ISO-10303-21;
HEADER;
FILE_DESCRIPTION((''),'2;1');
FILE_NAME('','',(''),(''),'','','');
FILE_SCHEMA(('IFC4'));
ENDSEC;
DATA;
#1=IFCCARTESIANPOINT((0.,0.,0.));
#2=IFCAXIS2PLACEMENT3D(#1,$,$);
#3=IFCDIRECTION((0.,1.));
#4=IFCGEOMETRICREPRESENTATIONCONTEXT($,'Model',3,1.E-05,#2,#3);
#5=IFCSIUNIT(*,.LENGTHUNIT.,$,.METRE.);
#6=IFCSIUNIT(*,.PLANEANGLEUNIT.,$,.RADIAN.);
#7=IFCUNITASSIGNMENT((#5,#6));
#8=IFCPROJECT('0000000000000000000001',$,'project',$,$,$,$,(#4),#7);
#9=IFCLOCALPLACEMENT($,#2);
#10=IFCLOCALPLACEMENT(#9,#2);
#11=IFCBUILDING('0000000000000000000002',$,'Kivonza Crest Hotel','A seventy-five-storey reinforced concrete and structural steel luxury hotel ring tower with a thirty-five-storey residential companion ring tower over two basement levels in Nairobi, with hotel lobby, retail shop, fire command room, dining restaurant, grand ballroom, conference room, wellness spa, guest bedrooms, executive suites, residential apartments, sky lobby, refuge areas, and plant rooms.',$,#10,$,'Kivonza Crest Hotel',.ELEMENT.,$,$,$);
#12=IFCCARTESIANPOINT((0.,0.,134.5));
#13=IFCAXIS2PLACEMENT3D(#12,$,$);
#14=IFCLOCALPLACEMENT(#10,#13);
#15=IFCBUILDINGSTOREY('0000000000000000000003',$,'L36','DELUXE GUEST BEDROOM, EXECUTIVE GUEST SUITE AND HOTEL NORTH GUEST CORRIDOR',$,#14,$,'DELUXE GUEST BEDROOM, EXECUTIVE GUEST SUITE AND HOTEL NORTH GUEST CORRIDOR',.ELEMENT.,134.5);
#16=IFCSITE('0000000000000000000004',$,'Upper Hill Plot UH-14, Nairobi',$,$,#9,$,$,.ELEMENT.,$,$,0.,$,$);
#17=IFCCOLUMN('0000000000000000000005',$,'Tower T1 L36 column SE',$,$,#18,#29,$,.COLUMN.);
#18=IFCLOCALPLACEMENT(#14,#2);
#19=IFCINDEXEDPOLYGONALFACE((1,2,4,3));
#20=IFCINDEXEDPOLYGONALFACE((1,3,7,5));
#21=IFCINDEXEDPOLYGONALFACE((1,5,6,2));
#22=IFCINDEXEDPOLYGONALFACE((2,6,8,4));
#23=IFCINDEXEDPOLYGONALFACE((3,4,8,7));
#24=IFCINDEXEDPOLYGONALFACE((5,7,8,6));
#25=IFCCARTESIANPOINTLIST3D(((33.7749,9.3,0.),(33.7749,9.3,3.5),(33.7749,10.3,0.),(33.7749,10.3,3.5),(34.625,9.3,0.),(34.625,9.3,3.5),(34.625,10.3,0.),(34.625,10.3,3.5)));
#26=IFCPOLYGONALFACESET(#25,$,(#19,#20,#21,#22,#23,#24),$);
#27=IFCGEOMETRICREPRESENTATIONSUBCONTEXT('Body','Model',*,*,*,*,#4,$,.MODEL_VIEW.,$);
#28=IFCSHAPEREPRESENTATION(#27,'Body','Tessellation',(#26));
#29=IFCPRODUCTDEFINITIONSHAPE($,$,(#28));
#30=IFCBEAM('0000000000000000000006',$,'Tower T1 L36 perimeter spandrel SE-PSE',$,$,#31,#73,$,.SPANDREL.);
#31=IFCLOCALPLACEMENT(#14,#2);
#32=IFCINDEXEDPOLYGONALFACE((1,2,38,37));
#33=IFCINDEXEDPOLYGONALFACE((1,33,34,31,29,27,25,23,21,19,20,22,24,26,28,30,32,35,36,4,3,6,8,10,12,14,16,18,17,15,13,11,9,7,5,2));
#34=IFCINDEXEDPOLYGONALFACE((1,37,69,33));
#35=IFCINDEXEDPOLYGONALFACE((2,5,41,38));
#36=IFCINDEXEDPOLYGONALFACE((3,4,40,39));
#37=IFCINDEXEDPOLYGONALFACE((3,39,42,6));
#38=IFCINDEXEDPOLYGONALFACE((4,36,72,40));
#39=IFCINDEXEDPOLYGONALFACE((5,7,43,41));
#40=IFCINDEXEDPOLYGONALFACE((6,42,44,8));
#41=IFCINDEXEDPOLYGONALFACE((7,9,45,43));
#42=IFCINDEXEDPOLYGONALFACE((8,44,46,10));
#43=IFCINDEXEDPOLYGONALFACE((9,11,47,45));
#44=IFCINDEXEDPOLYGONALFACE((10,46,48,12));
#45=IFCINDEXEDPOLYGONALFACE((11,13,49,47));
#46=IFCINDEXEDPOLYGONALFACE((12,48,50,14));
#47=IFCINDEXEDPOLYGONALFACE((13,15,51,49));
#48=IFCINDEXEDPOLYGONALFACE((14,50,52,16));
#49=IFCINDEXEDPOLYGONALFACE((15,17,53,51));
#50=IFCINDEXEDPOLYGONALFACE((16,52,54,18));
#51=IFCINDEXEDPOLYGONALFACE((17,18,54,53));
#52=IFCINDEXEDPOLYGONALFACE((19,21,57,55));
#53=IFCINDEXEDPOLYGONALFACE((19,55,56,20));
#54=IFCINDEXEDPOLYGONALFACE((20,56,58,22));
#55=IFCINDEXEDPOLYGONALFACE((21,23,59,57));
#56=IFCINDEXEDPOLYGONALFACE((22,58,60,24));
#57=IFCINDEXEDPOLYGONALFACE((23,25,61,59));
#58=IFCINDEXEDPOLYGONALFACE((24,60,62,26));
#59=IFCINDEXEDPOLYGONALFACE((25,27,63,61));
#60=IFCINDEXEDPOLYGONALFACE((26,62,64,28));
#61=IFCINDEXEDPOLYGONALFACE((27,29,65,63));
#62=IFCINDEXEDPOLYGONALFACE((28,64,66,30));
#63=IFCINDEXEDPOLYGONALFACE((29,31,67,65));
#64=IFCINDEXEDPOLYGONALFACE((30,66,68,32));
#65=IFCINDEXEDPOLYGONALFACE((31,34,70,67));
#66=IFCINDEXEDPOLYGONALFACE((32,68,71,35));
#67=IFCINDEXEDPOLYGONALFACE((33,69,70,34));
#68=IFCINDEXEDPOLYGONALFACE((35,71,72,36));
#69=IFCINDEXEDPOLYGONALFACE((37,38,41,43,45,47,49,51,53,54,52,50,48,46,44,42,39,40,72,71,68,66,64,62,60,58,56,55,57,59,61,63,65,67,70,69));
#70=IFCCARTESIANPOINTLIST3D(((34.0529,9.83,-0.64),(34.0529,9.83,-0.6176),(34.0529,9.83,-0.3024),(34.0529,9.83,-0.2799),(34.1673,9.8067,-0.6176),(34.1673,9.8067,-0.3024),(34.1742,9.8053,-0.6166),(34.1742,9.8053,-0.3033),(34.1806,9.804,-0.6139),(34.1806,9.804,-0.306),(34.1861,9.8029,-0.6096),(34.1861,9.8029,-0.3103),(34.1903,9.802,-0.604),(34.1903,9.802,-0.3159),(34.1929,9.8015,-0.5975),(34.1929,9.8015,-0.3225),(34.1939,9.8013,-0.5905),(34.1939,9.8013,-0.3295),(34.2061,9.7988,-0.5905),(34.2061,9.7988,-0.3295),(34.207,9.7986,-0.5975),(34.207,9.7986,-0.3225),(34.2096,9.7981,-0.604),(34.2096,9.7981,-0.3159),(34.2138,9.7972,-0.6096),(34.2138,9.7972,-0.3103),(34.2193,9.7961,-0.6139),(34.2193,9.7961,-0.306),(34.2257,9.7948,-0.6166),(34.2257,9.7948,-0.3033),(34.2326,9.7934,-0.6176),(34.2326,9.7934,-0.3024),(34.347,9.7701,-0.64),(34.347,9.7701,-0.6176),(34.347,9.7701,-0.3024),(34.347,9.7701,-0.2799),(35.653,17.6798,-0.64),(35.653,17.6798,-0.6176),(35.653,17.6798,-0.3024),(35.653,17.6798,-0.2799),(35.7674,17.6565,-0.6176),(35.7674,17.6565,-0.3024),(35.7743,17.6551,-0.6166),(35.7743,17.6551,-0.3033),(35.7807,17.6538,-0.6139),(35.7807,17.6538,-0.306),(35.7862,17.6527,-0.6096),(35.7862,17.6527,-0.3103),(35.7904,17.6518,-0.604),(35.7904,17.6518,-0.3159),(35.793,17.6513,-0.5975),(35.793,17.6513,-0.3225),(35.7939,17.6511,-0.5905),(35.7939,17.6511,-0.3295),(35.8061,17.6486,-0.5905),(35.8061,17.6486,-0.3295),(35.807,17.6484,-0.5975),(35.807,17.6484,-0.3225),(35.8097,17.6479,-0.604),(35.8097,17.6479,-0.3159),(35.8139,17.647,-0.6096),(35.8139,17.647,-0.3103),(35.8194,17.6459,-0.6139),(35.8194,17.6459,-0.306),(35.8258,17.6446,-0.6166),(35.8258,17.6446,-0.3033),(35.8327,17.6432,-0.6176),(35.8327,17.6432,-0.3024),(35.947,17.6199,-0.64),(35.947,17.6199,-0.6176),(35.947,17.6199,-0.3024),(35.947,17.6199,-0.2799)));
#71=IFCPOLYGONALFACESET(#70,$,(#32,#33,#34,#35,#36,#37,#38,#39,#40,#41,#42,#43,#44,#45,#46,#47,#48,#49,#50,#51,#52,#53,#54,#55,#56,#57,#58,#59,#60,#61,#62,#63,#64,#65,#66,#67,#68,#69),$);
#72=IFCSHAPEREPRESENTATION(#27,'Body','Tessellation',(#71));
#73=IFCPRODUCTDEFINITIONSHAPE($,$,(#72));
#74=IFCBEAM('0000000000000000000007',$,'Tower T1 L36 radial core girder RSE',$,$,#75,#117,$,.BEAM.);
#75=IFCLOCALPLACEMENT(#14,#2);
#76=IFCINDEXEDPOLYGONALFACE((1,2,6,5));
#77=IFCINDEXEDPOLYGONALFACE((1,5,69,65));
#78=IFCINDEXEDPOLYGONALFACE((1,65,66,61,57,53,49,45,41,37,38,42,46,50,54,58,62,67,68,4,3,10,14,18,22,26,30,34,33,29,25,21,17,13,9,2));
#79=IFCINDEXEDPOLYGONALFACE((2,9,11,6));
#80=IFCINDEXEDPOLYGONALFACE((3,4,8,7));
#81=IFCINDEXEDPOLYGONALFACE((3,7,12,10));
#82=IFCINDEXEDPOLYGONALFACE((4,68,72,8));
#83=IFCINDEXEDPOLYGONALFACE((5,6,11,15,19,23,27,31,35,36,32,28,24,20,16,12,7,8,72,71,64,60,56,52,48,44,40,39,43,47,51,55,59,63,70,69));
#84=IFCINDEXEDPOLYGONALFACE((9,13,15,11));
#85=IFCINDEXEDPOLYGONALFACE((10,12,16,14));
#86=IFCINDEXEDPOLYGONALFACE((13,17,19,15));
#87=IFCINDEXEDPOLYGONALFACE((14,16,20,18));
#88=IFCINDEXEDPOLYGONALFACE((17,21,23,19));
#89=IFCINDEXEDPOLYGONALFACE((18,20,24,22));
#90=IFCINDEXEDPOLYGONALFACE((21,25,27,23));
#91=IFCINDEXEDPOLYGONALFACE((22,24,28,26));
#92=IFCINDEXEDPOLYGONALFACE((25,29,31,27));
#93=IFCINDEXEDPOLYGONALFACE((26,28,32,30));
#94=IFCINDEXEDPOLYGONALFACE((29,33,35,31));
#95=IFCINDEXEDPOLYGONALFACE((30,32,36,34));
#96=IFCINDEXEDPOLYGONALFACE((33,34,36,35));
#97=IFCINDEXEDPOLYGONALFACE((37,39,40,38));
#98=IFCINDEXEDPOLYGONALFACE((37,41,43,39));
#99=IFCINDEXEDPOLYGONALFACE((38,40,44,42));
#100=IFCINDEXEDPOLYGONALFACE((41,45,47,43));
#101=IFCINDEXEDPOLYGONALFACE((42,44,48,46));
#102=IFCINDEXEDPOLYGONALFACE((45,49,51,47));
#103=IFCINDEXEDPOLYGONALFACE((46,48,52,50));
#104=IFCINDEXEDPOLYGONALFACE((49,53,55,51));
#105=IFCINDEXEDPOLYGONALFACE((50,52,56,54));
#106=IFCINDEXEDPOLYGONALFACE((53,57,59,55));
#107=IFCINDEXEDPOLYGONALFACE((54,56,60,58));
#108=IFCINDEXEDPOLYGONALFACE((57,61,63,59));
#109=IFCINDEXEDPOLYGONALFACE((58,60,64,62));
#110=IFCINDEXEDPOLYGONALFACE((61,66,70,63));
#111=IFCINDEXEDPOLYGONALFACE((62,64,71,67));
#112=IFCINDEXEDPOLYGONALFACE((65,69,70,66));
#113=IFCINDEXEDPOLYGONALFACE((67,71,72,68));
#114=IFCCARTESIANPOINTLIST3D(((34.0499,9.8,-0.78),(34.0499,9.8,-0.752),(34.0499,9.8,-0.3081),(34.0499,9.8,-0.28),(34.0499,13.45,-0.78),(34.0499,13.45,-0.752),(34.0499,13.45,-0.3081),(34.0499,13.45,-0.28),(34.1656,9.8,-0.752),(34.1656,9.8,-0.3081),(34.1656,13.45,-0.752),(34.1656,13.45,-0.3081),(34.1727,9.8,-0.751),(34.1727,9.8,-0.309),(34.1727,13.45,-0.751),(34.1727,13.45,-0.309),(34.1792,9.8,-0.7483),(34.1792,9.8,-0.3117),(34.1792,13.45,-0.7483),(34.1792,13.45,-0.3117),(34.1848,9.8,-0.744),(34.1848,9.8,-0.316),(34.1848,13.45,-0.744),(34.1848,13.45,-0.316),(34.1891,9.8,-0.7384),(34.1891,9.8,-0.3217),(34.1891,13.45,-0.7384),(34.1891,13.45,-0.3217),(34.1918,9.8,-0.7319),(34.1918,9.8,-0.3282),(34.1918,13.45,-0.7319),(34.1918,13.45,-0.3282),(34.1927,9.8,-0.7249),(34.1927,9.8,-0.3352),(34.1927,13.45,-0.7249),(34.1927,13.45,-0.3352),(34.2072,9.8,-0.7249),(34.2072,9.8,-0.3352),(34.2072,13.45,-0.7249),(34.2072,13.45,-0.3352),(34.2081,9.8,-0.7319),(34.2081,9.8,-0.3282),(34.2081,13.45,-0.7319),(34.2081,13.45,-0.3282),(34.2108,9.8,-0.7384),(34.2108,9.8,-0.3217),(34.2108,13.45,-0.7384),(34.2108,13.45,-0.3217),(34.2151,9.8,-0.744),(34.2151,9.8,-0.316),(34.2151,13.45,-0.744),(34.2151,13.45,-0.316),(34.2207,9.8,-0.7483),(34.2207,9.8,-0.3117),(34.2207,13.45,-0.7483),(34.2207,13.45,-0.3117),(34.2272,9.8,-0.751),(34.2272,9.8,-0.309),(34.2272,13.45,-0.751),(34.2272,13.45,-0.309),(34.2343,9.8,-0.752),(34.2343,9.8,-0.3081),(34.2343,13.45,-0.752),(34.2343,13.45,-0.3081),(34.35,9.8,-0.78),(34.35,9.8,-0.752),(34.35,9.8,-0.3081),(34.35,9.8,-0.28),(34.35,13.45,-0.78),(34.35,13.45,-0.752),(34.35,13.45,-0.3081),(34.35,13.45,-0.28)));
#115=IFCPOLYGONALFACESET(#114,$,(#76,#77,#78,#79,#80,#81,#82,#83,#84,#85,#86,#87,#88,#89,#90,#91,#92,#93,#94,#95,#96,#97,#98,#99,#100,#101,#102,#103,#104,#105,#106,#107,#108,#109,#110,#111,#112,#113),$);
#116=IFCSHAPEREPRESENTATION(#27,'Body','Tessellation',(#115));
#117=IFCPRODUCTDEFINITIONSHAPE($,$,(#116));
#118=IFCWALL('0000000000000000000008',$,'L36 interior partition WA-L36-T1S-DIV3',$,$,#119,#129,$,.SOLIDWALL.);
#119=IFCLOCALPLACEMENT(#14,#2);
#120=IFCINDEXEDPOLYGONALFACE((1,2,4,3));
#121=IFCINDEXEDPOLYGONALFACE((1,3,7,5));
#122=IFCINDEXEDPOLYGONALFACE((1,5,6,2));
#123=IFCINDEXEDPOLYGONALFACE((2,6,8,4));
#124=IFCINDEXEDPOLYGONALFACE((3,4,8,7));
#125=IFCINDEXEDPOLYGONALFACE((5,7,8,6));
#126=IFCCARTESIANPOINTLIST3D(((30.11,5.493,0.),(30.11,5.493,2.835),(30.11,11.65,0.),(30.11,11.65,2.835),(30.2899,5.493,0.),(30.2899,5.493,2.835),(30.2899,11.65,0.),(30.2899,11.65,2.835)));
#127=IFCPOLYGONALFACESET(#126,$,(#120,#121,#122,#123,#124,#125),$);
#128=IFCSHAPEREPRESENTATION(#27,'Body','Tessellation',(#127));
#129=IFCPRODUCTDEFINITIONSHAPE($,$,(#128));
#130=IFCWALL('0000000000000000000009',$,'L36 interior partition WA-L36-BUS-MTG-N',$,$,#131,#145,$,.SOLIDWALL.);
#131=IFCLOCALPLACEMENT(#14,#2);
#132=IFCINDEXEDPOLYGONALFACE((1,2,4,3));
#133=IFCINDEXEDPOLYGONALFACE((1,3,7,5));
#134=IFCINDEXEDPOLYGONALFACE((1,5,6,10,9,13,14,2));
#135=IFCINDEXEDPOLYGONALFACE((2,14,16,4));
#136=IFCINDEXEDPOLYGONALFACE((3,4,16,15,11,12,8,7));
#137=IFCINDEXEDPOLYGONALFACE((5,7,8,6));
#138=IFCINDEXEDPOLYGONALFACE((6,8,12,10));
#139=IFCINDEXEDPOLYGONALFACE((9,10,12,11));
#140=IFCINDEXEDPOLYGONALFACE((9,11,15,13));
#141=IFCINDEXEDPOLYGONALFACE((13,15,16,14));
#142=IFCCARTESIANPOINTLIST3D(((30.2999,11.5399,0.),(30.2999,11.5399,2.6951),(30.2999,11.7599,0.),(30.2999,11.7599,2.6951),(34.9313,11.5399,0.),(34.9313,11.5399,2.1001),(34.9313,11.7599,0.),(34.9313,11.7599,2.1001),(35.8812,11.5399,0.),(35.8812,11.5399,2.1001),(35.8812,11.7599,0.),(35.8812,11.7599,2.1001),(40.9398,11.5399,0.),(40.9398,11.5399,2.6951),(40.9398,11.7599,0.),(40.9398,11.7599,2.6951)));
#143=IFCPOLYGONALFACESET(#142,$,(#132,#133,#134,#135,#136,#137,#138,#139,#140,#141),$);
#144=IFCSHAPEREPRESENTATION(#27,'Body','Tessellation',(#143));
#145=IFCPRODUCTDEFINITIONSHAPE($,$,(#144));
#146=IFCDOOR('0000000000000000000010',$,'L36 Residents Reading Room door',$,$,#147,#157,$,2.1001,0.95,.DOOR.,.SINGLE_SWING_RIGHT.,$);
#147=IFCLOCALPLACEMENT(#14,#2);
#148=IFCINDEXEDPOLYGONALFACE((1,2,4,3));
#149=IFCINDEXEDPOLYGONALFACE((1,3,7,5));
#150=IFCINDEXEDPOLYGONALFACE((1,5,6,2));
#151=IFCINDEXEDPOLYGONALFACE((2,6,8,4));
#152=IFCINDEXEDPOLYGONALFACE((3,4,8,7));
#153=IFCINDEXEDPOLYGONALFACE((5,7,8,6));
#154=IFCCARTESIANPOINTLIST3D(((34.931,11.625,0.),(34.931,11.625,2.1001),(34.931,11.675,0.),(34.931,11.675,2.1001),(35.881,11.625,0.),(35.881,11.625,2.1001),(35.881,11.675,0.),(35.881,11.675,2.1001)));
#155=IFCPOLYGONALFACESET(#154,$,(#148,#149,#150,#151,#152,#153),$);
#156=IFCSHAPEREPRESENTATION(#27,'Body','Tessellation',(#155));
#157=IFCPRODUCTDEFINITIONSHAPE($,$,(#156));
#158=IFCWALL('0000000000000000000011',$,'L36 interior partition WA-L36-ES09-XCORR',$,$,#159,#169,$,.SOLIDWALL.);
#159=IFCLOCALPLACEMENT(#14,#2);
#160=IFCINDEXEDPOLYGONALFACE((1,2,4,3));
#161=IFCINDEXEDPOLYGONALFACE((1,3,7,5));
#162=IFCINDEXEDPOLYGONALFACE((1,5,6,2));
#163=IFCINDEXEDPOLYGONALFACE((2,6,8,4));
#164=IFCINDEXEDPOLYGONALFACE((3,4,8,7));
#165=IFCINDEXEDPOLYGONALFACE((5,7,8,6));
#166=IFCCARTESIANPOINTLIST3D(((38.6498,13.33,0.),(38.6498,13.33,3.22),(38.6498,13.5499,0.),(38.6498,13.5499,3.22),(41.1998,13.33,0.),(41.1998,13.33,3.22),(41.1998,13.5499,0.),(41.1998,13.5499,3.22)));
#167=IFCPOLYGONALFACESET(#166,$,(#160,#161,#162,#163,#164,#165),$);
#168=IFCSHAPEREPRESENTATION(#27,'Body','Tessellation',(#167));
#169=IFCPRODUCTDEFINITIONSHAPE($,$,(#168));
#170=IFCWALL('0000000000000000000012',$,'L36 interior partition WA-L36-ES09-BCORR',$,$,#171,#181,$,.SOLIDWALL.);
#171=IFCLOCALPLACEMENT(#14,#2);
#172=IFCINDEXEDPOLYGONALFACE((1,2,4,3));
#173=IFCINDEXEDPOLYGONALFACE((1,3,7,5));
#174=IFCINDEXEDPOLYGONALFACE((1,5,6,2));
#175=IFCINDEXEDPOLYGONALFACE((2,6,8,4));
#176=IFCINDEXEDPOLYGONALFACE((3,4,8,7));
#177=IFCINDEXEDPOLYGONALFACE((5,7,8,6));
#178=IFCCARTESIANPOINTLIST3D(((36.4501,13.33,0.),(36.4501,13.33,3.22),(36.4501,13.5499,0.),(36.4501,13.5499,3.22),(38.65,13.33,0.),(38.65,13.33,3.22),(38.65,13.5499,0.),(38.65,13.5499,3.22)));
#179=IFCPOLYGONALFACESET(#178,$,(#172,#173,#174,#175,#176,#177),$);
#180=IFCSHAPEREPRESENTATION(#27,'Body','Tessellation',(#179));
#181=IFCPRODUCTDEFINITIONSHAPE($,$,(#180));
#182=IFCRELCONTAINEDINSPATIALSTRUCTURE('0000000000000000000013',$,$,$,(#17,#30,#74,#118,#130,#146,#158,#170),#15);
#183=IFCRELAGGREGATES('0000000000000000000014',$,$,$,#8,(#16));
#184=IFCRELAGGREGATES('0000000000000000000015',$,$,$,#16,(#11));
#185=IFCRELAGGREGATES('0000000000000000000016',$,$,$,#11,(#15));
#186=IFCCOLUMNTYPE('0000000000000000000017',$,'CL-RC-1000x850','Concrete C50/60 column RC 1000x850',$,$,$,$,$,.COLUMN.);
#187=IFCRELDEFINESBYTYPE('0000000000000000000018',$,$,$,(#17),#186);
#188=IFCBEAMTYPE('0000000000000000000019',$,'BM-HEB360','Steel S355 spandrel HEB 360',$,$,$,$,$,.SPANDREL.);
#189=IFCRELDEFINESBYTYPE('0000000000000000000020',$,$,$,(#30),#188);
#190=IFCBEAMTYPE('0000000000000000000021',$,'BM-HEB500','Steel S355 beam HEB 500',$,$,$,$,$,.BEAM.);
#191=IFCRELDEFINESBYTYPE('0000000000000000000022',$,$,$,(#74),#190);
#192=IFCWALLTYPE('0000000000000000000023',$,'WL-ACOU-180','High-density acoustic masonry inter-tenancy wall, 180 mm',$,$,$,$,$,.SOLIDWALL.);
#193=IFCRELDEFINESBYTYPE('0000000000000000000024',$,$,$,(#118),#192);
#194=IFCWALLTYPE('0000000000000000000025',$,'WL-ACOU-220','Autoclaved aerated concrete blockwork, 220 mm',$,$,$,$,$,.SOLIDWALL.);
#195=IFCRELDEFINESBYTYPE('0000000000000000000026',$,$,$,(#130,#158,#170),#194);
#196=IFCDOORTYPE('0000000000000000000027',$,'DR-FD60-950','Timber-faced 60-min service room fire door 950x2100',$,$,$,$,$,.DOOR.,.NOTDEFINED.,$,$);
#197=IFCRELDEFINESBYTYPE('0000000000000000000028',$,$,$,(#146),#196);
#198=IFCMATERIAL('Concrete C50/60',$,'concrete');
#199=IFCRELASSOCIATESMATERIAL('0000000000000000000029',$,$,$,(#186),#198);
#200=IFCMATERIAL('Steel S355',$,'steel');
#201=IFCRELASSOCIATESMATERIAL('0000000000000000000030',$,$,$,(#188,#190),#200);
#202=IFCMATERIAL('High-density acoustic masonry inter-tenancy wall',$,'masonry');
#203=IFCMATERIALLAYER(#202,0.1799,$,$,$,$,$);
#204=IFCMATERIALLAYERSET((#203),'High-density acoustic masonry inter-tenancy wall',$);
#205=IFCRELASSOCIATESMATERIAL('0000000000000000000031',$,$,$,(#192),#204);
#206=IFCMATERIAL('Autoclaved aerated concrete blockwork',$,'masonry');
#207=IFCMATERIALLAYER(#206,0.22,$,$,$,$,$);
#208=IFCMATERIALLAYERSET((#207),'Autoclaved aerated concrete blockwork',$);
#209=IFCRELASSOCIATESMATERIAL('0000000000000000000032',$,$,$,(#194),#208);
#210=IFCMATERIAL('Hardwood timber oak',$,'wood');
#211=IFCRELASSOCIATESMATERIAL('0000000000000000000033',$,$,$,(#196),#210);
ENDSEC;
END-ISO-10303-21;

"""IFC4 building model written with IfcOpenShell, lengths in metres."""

from ifc_helpers import new_model, si_unit, direction, frame, frame_2d, origin, origin_2d, place, context, subcontext, project, spatial, rectangle, i_section, extrude, material, layer, layer_set, material_profile, profile_set, type_object, element, fill, save


model = new_model("IFC4")

# Units and contexts
model_context = context("Model", 3, precision=1e-05, world=origin(), true_north=direction((0.0, 1.0)))
body_context = subcontext(model_context, "Body", "Model", "MODEL_VIEW")
ifc_project = project(units=[si_unit("LENGTHUNIT", "METRE"), si_unit("PLANEANGLEUNIT", "RADIAN")], contexts=[model_context])

# Site, building, storey
site_placement = place(None, origin())
site = spatial("IfcSite", under=ifc_project, at=site_placement, Name="Upper Hill Plot UH-14, Nairobi", CompositionType="ELEMENT", RefElevation=0.0)
building_placement = place(site_placement, origin())
building = spatial("IfcBuilding", under=site, at=building_placement, Name="Kivonza Crest Hotel", Description="A seventy-five-storey reinforced concrete and structural steel luxury hotel ring tower with a thirty-five-storey residential companion ring tower over two basement levels in Nairobi, with hotel lobby, retail shop, fire command room, dining restaurant, grand ballroom, conference room, wellness spa, guest bedrooms, executive suites, residential apartments, sky lobby, refuge areas, and plant rooms.", LongName="Kivonza Crest Hotel", CompositionType="ELEMENT")
storey_placement = place(building_placement, frame((0.0, 0.0, 134.5)))
storey = spatial("IfcBuildingStorey", under=building, at=storey_placement, Name="L36", Description="DELUXE GUEST BEDROOM, EXECUTIVE GUEST SUITE AND HOTEL NORTH GUEST CORRIDOR", LongName="DELUXE GUEST BEDROOM, EXECUTIVE GUEST SUITE AND HOTEL NORTH GUEST CORRIDOR", CompositionType="ELEMENT", Elevation=134.5)

# Column
ifc_material_1 = material(Name="Concrete C50/60", Category="concrete")
ifc_material_profile_1 = material_profile(ifc_material_1, rectangle(XDim=0.8501, YDim=1.0, at=origin_2d()), Name="RC 1000x850")
ifc_profile_set_1 = profile_set([ifc_material_profile_1], Name="Concrete C50/60")
column_type = type_object("IfcColumnType", Name="CL-RC-1000x850", Description="Concrete C50/60 column RC 1000x850", PredefinedType="COLUMN", material=ifc_profile_set_1)
column_placement = place(storey_placement, frame((34.2, 9.8, 0.0), z_axis=(0.0, 0.0, 1.0), x_axis=(1.0, 0.0, 0.0)))
element("IfcColumn", 1, at=column_placement, inside=storey, type_object=column_type, Name="Tower T1 L36 column SE", PredefinedType="COLUMN", context=body_context, shape_type="SweptSolid", body=[
    extrude(rectangle(XDim=0.8501, YDim=1.0, at=origin_2d()), origin(), (0.0, 0.0, 1.0), 3.5),
])

# Beams
ifc_material_2 = material(Name="Steel S355", Category="steel")
ifc_material_profile_2 = material_profile(ifc_material_2, i_section(OverallWidth=0.3, OverallDepth=0.3601, WebThickness=0.0125, FlangeThickness=0.0225, FilletRadius=0.0271, at=origin_2d()), Name="HEB 360")
ifc_profile_set_2 = profile_set([ifc_material_profile_2], Name="Steel S355")
beam_type_1 = type_object("IfcBeamType", Name="BM-HEB360", Description="Steel S355 spandrel HEB 360", PredefinedType="SPANDREL", material=ifc_profile_set_2)
beam_1_placement = place(storey_placement, frame((34.2, 9.8, -0.46), z_axis=(0.199731, 0.979851, 0.0), x_axis=(-0.979851, 0.199731, 0.0)))
element("IfcBeam", 2, at=beam_1_placement, inside=storey, type_object=beam_type_1, Name="Tower T1 L36 perimeter spandrel SE-PSE", PredefinedType="SPANDREL", context=body_context, shape_type="SweptSolid", body=[
    extrude(i_section(OverallWidth=0.3, OverallDepth=0.3601, WebThickness=0.0125, FlangeThickness=0.0225, FilletRadius=0.0271, at=origin_2d()), origin(), (0.0, 0.0, 1.0), 8.0112),
])
ifc_material_profile_3 = material_profile(ifc_material_2, i_section(OverallWidth=0.3, OverallDepth=0.5, WebThickness=0.0144, FlangeThickness=0.0281, FilletRadius=0.0271, at=origin_2d()), Name="HEB 500")
ifc_profile_set_3 = profile_set([ifc_material_profile_3], Name="Steel S355")
beam_type_2 = type_object("IfcBeamType", Name="BM-HEB500", Description="Steel S355 beam HEB 500", PredefinedType="BEAM", material=ifc_profile_set_3)
beam_2_placement = place(storey_placement, frame((34.2, 9.8, -0.53), z_axis=(0.0, 1.0, 0.0), x_axis=(-1.0, 0.0, 0.0)))
element("IfcBeam", 3, at=beam_2_placement, inside=storey, type_object=beam_type_2, Name="Tower T1 L36 radial core girder RSE", PredefinedType="BEAM", context=body_context, shape_type="SweptSolid", body=[
    extrude(i_section(OverallWidth=0.3, OverallDepth=0.5, WebThickness=0.0144, FlangeThickness=0.0281, FilletRadius=0.0271, at=origin_2d()), origin(), (0.0, 0.0, 1.0), 3.6499),
])

# Wall
ifc_material_3 = material(Name="High-density acoustic masonry inter-tenancy wall", Category="masonry")
ifc_layer_1 = layer(ifc_material_3, 0.1799)
ifc_layer_set_1 = layer_set([ifc_layer_1], Name="High-density acoustic masonry inter-tenancy wall")
wall_type_1 = type_object("IfcWallType", Name="WL-ACOU-180", Description="High-density acoustic masonry inter-tenancy wall, 180 mm", PredefinedType="SOLIDWALL", material=ifc_layer_set_1)
wall_1_placement = place(storey_placement, frame((30.2, 5.4929, 0.0), z_axis=(0.0, 0.0, 1.0), x_axis=(0.0, 1.0, 0.0)))
element("IfcWall", 4, at=wall_1_placement, inside=storey, type_object=wall_type_1, Name="L36 interior partition WA-L36-T1S-DIV3", PredefinedType="SOLIDWALL", context=body_context, shape_type="SweptSolid", body=[
    extrude(rectangle(XDim=6.157, YDim=0.1799, at=frame_2d((3.0786, 0.0))), origin(), (0.0, 0.0, 1.0), 2.835),
])

# Wall, opening, door
ifc_material_4 = material(Name="Autoclaved aerated concrete blockwork", Category="masonry")
ifc_layer_2 = layer(ifc_material_4, 0.22)
ifc_layer_set_2 = layer_set([ifc_layer_2], Name="Autoclaved aerated concrete blockwork")
wall_type_2 = type_object("IfcWallType", Name="WL-ACOU-220", Description="Autoclaved aerated concrete blockwork, 220 mm", PredefinedType="SOLIDWALL", material=ifc_layer_set_2)
wall_2_placement = place(storey_placement, frame((30.3, 11.6499, 0.0), z_axis=(0.0, 0.0, 1.0), x_axis=(1.0, 0.0, 0.0)))
wall_2 = element("IfcWall", 5, at=wall_2_placement, inside=storey, type_object=wall_type_2, Name="L36 interior partition WA-L36-BUS-MTG-N", PredefinedType="SOLIDWALL", context=body_context, shape_type="SweptSolid", body=[
    extrude(rectangle(XDim=10.6399, YDim=0.22, at=frame_2d((5.3198, 0.0))), origin(), (0.0, 0.0, 1.0), 2.6951),
])
opening_1_placement = place(wall_2_placement, frame((4.6311, 0.0, 0.0)))
opening_1 = element("IfcOpeningElement", 6, at=opening_1_placement, cuts=wall_2, PredefinedType="OPENING", context=body_context, shape_type="SweptSolid", body=[
    extrude(rectangle(XDim=0.95, YDim=2.1001, at=frame_2d((0.4751, 1.05))), frame((0.0, 0.1201, 0.0), z_axis=(0.0, -1.0, 0.0), x_axis=(1.0, 0.0, 0.0)), (0.0, 0.0, 1.0), 0.24),
])
ifc_material_5 = material(Name="Hardwood timber oak", Category="wood")
door_type_1 = type_object("IfcDoorType", Name="DR-FD60-950", Description="Timber-faced 60-min service room fire door 950x2100", OperationType="NOTDEFINED", PredefinedType="DOOR", material=ifc_material_5)
door_1_placement = place(opening_1_placement, frame((0.95, 0.0, 0.0), z_axis=(0.0, 0.0, 1.0), x_axis=(-1.0, 0.0, 0.0)))
door_1 = element("IfcDoor", 7, at=door_1_placement, inside=storey, type_object=door_type_1, Name="L36 Residents Reading Room door", OperationType="SINGLE_SWING_RIGHT", OverallHeight=2.1001, OverallWidth=0.95, PredefinedType="DOOR", context=body_context, shape_type="SweptSolid", body=[
    extrude(rectangle(XDim=0.95, YDim=2.1001, at=frame_2d((0.4751, 1.05))), frame((0.0, 0.0249, 0.0), z_axis=(0.0, -1.0, 0.0), x_axis=(1.0, 0.0, 0.0)), (0.0, 0.0, 1.0), 0.05),
])
fill(opening_1, door_1)

# Walls
wall_3_placement = place(storey_placement, frame((38.6499, 13.4399, 0.0), z_axis=(0.0, 0.0, 1.0), x_axis=(1.0, 0.0, 0.0)))
element("IfcWall", 8, at=wall_3_placement, inside=storey, type_object=wall_type_2, Name="L36 interior partition WA-L36-ES09-XCORR", PredefinedType="SOLIDWALL", context=body_context, shape_type="SweptSolid", body=[
    extrude(rectangle(XDim=2.55, YDim=0.22, at=frame_2d((1.2749, 0.0))), origin(), (0.0, 0.0, 1.0), 3.22),
])
wall_4_placement = place(storey_placement, frame((36.45, 13.4399, 0.0), z_axis=(0.0, 0.0, 1.0), x_axis=(1.0, 0.0, 0.0)))
element("IfcWall", 9, at=wall_4_placement, inside=storey, type_object=wall_type_2, Name="L36 interior partition WA-L36-ES09-BCORR", PredefinedType="SOLIDWALL", context=body_context, shape_type="SweptSolid", body=[
    extrude(rectangle(XDim=2.2, YDim=0.22, at=frame_2d((1.1001, 0.0))), origin(), (0.0, 0.0, 1.0), 3.22),
])

save(model, "model.ifc")
